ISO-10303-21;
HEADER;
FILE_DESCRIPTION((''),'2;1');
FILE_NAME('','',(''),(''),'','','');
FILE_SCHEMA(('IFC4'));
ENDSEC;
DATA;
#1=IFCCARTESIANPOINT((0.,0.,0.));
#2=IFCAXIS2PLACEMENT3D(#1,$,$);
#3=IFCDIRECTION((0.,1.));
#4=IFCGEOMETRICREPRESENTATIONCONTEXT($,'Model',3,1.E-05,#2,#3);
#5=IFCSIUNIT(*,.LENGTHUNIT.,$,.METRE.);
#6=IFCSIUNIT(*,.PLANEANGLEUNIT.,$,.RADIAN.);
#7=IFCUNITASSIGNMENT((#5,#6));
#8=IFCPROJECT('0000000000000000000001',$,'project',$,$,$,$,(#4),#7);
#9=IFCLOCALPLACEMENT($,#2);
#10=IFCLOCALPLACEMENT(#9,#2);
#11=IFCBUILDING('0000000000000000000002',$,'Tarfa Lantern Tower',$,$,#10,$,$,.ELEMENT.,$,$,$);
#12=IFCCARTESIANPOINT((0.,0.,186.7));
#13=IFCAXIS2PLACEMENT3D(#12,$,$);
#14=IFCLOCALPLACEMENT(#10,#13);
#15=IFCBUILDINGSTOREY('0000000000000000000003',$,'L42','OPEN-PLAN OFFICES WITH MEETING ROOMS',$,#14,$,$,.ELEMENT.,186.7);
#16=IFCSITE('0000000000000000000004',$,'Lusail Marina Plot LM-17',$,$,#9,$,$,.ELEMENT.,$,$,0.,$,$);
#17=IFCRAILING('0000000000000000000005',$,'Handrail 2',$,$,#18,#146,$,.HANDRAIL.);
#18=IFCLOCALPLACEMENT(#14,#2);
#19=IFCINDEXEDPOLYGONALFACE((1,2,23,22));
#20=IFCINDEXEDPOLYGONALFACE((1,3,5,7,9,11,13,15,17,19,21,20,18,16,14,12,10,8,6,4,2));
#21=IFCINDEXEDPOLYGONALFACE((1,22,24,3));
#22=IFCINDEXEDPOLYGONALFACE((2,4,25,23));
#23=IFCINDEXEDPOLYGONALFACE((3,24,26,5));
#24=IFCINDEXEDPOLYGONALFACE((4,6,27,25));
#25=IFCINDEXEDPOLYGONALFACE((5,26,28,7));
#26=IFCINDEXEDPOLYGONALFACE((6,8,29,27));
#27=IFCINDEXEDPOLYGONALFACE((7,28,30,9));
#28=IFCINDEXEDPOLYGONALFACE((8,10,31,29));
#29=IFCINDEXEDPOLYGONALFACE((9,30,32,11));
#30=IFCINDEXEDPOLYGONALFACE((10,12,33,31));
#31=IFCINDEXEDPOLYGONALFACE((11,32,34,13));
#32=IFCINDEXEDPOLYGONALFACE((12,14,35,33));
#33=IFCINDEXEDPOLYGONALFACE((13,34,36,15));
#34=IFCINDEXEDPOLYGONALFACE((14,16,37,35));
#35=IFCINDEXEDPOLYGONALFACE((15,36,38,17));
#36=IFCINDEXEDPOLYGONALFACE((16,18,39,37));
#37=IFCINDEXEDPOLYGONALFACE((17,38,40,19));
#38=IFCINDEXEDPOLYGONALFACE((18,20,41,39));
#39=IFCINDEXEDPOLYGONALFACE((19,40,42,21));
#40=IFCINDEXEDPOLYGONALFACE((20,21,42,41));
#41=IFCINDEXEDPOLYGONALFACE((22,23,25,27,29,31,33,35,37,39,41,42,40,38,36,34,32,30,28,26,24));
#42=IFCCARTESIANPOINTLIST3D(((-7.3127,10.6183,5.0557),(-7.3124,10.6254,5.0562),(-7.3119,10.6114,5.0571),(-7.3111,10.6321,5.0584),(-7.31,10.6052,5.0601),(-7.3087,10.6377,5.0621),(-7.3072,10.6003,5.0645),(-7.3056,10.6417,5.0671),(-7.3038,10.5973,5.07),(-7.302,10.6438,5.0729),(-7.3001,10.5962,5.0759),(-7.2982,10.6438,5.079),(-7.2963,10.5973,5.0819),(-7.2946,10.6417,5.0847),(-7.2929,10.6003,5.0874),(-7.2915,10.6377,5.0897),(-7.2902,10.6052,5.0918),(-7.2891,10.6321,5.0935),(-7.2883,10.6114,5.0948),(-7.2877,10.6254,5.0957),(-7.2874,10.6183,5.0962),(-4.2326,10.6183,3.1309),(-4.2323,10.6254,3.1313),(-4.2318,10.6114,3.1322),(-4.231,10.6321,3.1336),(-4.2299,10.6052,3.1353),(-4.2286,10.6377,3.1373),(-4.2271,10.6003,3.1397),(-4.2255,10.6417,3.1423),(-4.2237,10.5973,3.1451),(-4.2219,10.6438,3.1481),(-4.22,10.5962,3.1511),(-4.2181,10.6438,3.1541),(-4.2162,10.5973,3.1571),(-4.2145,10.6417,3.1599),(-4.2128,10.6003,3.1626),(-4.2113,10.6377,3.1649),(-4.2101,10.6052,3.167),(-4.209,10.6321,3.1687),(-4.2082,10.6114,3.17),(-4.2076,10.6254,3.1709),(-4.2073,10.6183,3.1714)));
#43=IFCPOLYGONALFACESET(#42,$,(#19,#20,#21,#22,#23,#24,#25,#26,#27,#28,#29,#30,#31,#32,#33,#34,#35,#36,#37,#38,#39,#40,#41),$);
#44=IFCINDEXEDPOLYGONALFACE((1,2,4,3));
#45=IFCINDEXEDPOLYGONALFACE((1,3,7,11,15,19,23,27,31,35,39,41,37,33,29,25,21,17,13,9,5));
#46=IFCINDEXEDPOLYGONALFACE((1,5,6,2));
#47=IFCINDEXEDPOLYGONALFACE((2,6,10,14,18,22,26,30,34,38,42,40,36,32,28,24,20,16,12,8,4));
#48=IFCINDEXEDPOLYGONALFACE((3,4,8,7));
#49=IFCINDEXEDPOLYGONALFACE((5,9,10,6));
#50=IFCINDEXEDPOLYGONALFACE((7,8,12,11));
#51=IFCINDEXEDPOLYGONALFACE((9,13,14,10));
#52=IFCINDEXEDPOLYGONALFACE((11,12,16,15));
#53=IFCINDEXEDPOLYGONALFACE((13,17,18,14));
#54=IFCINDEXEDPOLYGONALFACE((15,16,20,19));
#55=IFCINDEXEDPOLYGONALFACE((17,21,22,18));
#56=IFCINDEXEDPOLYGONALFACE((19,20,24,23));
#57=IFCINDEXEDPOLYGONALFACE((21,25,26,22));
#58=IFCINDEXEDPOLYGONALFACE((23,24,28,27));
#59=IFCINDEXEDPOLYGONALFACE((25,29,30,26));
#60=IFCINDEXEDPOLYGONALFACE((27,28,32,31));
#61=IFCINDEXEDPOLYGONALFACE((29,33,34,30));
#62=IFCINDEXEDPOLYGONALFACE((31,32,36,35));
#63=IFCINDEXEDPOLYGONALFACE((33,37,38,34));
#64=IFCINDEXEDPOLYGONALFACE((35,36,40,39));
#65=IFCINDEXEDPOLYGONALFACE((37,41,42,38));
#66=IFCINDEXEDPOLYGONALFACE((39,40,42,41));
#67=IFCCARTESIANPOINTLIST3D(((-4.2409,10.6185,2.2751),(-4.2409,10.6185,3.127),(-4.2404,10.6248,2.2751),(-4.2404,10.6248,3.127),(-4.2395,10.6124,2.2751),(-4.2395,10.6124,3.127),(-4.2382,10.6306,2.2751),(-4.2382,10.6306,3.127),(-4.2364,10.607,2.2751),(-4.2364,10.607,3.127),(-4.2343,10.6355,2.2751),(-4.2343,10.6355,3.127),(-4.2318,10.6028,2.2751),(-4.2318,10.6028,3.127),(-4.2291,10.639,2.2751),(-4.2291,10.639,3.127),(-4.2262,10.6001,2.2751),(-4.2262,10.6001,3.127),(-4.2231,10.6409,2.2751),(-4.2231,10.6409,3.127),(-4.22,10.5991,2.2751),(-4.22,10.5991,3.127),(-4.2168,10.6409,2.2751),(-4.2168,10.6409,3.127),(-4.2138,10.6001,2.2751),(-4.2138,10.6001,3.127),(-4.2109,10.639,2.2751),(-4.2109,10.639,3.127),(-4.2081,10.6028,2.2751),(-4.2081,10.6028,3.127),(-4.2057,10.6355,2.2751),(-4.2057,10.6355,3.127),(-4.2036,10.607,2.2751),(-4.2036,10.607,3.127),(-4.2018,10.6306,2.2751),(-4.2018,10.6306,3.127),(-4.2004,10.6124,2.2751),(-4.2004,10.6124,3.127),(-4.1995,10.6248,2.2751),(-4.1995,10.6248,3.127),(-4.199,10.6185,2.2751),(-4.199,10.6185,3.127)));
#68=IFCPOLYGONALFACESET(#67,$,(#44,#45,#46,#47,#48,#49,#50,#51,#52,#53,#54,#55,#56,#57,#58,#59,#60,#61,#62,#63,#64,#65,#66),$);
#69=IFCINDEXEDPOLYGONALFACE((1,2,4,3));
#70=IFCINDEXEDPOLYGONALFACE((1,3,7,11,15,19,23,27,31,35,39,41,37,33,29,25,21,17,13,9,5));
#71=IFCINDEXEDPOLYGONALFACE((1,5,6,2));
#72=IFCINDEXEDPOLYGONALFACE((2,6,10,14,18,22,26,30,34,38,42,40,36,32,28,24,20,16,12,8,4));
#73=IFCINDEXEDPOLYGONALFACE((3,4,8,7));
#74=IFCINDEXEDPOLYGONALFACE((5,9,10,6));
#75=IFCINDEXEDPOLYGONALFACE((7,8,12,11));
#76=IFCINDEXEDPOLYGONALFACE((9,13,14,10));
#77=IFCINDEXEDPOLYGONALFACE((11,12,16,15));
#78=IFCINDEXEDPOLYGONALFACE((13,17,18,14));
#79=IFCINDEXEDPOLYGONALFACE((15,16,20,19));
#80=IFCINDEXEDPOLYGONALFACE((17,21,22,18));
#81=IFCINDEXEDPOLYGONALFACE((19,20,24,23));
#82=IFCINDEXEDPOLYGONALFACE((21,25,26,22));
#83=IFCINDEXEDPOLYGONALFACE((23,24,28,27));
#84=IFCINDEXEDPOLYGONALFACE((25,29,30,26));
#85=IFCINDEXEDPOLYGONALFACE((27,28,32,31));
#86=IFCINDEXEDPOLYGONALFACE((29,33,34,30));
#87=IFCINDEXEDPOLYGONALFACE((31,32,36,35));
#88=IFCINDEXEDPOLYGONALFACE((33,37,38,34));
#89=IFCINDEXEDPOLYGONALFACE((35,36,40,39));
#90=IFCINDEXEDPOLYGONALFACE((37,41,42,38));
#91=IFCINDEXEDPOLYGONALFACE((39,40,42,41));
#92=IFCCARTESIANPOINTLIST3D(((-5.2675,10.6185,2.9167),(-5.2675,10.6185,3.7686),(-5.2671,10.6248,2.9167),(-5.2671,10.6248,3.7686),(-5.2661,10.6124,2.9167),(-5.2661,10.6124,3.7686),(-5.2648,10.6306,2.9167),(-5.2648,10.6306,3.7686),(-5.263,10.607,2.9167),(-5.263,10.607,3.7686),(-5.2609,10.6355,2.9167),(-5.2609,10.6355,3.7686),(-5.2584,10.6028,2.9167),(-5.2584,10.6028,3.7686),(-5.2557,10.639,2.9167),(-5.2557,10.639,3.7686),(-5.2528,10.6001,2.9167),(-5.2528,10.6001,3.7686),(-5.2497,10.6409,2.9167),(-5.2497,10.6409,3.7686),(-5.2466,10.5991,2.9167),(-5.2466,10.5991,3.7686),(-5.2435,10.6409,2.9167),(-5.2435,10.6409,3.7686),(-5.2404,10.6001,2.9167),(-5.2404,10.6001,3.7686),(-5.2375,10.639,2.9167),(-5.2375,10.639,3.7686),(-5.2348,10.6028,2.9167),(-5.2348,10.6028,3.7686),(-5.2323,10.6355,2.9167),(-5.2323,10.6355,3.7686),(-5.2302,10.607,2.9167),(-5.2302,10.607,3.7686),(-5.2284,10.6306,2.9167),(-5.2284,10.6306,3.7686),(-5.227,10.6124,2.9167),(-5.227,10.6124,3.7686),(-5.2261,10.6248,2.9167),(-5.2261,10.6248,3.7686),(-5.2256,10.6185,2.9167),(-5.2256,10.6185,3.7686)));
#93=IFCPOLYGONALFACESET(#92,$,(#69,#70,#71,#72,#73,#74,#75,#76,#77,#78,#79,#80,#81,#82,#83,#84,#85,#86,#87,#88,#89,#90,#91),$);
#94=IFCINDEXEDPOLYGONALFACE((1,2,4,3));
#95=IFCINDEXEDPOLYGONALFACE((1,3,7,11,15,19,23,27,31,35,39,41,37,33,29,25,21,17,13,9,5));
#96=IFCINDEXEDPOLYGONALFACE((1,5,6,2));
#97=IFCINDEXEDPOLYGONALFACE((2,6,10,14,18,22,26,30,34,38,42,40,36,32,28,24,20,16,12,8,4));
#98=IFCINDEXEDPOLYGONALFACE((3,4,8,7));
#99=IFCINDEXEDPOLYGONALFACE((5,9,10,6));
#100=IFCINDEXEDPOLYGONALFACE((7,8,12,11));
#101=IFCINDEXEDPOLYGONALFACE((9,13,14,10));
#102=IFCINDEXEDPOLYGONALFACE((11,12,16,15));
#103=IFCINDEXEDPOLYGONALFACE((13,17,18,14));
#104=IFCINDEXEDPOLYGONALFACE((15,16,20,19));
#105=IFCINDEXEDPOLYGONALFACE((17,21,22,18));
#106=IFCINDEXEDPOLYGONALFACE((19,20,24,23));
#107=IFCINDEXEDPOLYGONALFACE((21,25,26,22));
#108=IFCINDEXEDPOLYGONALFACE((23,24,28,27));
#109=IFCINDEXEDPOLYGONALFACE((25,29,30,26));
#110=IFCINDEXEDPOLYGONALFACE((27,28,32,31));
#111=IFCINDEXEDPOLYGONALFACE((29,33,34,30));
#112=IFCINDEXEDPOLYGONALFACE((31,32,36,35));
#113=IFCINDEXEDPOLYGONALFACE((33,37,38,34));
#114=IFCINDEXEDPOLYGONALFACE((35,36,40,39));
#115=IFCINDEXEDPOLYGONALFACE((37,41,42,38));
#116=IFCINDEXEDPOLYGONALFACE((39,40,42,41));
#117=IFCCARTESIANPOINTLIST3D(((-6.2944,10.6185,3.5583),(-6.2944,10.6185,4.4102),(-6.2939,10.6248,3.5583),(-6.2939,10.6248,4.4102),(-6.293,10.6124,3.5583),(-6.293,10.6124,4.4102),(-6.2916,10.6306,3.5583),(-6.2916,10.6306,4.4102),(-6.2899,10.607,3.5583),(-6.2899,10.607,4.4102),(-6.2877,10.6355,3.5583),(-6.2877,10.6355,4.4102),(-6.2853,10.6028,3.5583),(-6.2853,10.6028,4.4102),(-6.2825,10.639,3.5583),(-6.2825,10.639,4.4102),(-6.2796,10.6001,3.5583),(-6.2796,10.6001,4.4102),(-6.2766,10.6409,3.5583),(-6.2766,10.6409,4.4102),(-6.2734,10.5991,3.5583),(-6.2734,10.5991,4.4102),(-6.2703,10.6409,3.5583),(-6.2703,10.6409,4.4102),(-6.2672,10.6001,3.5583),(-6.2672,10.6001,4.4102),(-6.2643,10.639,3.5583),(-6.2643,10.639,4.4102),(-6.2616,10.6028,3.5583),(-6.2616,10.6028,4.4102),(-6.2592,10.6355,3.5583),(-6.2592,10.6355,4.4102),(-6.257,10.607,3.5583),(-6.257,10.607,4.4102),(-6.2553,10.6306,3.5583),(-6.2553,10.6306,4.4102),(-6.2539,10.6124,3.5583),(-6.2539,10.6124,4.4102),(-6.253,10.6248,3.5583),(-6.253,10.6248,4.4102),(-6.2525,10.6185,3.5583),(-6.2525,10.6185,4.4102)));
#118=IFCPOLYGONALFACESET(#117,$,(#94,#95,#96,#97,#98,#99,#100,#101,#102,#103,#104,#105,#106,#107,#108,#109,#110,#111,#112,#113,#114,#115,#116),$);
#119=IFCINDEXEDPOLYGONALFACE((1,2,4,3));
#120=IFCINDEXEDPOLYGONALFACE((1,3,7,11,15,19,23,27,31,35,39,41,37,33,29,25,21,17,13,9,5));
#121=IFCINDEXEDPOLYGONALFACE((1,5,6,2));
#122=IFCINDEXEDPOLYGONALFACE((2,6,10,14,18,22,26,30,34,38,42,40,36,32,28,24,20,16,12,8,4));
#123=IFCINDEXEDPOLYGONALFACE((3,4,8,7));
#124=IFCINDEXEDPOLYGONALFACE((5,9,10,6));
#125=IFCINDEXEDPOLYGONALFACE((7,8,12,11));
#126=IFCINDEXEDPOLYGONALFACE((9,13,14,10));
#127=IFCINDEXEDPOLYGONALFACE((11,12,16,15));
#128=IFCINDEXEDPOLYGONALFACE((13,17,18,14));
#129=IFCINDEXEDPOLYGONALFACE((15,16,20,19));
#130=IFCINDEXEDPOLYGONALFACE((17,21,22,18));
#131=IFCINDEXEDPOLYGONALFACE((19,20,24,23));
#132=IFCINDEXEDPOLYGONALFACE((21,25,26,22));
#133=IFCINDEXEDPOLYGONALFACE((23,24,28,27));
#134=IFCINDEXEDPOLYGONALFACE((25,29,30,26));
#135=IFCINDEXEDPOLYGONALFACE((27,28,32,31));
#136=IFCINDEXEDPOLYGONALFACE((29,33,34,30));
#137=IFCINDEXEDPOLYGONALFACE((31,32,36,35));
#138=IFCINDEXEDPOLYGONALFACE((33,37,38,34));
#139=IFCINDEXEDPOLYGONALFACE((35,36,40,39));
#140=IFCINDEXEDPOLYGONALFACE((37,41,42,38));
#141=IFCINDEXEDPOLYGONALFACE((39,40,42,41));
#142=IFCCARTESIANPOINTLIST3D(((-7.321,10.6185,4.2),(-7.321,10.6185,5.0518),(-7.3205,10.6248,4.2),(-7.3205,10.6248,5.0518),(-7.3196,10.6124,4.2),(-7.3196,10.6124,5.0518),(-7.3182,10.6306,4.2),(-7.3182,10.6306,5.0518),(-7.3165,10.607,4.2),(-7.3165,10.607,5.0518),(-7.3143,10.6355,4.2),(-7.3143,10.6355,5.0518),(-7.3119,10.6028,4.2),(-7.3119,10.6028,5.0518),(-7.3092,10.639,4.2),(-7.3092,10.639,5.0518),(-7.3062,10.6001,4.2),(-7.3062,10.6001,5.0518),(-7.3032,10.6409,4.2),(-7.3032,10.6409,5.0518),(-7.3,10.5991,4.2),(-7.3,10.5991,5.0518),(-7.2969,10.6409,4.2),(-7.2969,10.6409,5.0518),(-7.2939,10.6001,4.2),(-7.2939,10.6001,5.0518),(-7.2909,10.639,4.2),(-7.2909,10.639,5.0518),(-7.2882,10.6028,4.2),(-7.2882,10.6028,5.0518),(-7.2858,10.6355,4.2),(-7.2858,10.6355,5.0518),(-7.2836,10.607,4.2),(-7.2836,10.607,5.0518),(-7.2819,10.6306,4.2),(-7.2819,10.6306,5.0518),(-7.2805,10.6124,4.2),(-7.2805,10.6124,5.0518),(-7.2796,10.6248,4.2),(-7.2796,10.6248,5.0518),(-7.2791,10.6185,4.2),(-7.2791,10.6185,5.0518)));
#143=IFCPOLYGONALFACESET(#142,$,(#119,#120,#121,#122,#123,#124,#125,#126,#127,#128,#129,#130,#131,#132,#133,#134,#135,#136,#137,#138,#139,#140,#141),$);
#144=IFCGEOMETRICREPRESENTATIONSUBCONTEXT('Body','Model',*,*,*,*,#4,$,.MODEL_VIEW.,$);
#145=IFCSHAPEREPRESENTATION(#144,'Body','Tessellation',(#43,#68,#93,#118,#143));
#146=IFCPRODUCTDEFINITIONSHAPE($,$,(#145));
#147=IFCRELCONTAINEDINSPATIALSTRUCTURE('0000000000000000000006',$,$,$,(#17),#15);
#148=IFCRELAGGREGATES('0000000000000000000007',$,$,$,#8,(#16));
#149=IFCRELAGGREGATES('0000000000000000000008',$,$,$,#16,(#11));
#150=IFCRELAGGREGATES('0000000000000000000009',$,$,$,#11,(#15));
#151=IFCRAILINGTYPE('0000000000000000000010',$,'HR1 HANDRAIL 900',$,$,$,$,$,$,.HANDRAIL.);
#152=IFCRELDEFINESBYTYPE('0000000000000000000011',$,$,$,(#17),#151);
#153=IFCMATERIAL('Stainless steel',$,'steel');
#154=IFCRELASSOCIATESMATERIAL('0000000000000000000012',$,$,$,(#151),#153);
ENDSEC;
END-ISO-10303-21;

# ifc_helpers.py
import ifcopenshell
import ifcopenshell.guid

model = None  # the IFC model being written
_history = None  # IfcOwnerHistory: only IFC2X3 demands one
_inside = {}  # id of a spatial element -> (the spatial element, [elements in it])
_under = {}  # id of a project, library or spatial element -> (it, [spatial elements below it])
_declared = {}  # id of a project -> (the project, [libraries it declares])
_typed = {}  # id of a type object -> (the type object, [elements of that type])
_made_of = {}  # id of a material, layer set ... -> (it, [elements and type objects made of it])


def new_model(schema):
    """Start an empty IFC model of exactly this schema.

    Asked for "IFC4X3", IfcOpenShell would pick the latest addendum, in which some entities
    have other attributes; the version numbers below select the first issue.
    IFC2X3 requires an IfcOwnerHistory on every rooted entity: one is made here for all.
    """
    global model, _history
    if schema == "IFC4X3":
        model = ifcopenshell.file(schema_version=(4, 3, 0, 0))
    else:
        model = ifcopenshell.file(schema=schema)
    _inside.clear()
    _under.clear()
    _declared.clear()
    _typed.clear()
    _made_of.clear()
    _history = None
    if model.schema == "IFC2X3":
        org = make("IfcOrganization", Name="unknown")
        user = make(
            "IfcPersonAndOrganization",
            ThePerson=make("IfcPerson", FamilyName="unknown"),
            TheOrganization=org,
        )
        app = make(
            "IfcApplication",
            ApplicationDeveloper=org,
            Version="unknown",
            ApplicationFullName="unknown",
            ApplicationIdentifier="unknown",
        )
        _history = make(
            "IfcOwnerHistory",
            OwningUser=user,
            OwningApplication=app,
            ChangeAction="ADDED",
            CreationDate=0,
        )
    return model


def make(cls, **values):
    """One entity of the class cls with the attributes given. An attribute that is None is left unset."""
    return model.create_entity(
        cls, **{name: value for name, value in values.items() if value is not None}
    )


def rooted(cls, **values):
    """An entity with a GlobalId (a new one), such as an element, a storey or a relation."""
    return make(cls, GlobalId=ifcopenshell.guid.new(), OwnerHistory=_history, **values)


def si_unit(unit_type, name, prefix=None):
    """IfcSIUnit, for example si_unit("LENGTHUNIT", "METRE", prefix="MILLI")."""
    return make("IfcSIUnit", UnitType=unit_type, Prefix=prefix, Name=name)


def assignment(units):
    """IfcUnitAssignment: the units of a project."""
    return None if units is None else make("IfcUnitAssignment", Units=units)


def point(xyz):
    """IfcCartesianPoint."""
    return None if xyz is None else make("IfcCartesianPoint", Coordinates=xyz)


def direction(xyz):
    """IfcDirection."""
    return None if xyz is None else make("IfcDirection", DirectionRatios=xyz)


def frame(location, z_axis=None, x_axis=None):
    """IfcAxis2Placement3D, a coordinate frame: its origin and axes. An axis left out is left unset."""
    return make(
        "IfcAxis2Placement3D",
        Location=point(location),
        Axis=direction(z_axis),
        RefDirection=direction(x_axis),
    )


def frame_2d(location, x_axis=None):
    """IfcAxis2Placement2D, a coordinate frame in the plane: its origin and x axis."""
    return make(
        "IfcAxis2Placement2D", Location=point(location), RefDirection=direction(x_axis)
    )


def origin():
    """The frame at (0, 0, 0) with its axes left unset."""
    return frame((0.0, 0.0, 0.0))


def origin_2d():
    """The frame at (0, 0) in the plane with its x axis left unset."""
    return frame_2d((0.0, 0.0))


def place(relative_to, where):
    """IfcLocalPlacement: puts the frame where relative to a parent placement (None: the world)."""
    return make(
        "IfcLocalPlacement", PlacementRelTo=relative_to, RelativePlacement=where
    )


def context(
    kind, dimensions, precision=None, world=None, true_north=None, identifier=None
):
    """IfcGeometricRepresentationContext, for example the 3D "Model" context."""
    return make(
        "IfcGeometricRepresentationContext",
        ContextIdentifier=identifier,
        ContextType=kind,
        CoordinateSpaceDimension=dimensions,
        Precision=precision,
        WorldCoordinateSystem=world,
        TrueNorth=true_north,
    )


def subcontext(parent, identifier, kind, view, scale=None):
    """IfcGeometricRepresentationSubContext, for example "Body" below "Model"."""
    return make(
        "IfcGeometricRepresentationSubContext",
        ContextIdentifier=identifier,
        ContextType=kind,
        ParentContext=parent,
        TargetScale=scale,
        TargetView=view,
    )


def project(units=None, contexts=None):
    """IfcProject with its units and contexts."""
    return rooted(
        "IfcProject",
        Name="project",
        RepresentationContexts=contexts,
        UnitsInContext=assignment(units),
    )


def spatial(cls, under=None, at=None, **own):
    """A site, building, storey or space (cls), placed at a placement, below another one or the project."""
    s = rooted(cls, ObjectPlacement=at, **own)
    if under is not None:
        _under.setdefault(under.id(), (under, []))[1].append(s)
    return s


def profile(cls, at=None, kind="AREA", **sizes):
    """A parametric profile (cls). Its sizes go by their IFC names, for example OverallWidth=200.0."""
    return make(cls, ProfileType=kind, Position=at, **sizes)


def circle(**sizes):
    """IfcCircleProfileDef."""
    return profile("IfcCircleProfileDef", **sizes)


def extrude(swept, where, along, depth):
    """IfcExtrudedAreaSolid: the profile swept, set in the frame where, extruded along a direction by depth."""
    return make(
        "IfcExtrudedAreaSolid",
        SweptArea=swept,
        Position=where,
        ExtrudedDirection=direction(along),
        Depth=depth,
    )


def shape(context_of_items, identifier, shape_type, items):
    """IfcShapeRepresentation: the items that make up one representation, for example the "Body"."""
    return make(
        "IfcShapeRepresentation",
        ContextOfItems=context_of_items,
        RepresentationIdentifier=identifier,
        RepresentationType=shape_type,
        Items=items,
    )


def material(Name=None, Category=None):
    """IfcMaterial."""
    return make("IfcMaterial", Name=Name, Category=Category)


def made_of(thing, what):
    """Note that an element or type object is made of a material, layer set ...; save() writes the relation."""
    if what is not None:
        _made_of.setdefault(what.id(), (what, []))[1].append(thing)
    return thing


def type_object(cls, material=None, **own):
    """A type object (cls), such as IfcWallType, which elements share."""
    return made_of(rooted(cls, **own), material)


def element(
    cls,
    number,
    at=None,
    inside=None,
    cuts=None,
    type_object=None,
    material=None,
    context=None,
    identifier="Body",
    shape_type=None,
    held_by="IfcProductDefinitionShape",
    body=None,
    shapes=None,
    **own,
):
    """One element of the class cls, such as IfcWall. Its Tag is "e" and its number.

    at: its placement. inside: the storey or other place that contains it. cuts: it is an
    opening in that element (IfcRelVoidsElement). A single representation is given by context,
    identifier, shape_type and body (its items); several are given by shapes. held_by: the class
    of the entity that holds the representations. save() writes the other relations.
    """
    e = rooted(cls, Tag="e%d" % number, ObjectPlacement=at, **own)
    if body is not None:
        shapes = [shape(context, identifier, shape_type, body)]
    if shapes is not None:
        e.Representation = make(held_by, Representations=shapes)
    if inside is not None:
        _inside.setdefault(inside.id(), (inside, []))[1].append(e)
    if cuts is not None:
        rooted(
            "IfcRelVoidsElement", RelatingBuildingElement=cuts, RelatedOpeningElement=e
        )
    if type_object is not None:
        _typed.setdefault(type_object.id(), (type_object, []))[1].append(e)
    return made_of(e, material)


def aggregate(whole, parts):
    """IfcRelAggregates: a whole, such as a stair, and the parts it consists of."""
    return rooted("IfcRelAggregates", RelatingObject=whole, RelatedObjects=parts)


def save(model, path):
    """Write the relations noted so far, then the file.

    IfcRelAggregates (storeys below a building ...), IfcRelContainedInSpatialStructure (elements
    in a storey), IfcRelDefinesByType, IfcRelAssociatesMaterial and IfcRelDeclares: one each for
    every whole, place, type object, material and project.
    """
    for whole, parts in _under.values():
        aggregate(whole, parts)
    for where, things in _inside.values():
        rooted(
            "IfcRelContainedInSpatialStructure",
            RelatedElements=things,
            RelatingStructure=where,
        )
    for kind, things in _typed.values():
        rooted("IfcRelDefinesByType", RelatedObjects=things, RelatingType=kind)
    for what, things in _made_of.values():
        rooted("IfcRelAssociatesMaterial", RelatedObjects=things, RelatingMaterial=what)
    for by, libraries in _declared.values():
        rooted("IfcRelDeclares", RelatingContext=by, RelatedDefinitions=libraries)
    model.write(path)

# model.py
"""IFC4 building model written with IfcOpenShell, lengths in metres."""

from ifc_helpers import new_model, si_unit, direction, frame, origin, origin_2d, place, context, subcontext, project, spatial, circle, extrude, material, type_object, element, save


model = new_model("IFC4")

# Units and contexts
model_context = context("Model", 3, precision=1e-05, world=origin(), true_north=direction((0.0, 1.0)))
body_context = subcontext(model_context, "Body", "Model", "MODEL_VIEW")
ifc_project = project(units=[si_unit("LENGTHUNIT", "METRE"), si_unit("PLANEANGLEUNIT", "RADIAN")], contexts=[model_context])

# Site, building, storey
site_placement = place(None, origin())
site = spatial("IfcSite", under=ifc_project, at=site_placement, Name="Lusail Marina Plot LM-17", CompositionType="ELEMENT", RefElevation=0.0)
building_placement = place(site_placement, origin())
building = spatial("IfcBuilding", under=site, at=building_placement, Name="Tarfa Lantern Tower", CompositionType="ELEMENT")
storey_placement = place(building_placement, frame((0.0, 0.0, 186.7)))
storey = spatial("IfcBuildingStorey", under=building, at=storey_placement, Name="L42", Description="OPEN-PLAN OFFICES WITH MEETING ROOMS", CompositionType="ELEMENT", Elevation=186.7)

# Railing
ifc_material_1 = material(Name="Stainless steel", Category="steel")
railing_type = type_object("IfcRailingType", Name="HR1 HANDRAIL 900", PredefinedType="HANDRAIL", material=ifc_material_1)
railing_1_placement = place(storey_placement, frame((-4.22, 10.6201, 2.2751)))
element("IfcRailing", 1, at=railing_1_placement, inside=storey, type_object=railing_type, Name="Handrail 2", PredefinedType="HANDRAIL", context=body_context, shape_type="SweptSolid", body=[
    extrude(circle(Radius=0.0239, at=origin_2d()), frame((0.0, 0.0, 0.876), z_axis=(-0.848029, 0.0, 0.529951), x_axis=(0.0, -1.0, 0.0)), (0.0, 0.0, 1.0), 3.6321),
    extrude(circle(Radius=0.021, at=origin_2d()), frame((0.0, 0.0, 0.0), z_axis=(0.0, 0.0, 1.0), x_axis=(0.0, -1.0, 0.0)), (0.0, 0.0, 1.0), 0.8518),
    extrude(circle(Radius=0.021, at=origin_2d()), frame((-1.0266, 0.0, 0.6416), z_axis=(0.0, 0.0, 1.0), x_axis=(0.0, -1.0, 0.0)), (0.0, 0.0, 1.0), 0.8518),
    extrude(circle(Radius=0.021, at=origin_2d()), frame((-2.0535, 0.0, 1.2832), z_axis=(0.0, 0.0, 1.0), x_axis=(0.0, -1.0, 0.0)), (0.0, 0.0, 1.0), 0.8518),
    extrude(circle(Radius=0.021, at=origin_2d()), frame((-3.0801, 0.0, 1.9248), z_axis=(0.0, 0.0, 1.0), x_axis=(0.0, -1.0, 0.0)), (0.0, 0.0, 1.0), 0.8518),
])

save(model, "model.ifc")
